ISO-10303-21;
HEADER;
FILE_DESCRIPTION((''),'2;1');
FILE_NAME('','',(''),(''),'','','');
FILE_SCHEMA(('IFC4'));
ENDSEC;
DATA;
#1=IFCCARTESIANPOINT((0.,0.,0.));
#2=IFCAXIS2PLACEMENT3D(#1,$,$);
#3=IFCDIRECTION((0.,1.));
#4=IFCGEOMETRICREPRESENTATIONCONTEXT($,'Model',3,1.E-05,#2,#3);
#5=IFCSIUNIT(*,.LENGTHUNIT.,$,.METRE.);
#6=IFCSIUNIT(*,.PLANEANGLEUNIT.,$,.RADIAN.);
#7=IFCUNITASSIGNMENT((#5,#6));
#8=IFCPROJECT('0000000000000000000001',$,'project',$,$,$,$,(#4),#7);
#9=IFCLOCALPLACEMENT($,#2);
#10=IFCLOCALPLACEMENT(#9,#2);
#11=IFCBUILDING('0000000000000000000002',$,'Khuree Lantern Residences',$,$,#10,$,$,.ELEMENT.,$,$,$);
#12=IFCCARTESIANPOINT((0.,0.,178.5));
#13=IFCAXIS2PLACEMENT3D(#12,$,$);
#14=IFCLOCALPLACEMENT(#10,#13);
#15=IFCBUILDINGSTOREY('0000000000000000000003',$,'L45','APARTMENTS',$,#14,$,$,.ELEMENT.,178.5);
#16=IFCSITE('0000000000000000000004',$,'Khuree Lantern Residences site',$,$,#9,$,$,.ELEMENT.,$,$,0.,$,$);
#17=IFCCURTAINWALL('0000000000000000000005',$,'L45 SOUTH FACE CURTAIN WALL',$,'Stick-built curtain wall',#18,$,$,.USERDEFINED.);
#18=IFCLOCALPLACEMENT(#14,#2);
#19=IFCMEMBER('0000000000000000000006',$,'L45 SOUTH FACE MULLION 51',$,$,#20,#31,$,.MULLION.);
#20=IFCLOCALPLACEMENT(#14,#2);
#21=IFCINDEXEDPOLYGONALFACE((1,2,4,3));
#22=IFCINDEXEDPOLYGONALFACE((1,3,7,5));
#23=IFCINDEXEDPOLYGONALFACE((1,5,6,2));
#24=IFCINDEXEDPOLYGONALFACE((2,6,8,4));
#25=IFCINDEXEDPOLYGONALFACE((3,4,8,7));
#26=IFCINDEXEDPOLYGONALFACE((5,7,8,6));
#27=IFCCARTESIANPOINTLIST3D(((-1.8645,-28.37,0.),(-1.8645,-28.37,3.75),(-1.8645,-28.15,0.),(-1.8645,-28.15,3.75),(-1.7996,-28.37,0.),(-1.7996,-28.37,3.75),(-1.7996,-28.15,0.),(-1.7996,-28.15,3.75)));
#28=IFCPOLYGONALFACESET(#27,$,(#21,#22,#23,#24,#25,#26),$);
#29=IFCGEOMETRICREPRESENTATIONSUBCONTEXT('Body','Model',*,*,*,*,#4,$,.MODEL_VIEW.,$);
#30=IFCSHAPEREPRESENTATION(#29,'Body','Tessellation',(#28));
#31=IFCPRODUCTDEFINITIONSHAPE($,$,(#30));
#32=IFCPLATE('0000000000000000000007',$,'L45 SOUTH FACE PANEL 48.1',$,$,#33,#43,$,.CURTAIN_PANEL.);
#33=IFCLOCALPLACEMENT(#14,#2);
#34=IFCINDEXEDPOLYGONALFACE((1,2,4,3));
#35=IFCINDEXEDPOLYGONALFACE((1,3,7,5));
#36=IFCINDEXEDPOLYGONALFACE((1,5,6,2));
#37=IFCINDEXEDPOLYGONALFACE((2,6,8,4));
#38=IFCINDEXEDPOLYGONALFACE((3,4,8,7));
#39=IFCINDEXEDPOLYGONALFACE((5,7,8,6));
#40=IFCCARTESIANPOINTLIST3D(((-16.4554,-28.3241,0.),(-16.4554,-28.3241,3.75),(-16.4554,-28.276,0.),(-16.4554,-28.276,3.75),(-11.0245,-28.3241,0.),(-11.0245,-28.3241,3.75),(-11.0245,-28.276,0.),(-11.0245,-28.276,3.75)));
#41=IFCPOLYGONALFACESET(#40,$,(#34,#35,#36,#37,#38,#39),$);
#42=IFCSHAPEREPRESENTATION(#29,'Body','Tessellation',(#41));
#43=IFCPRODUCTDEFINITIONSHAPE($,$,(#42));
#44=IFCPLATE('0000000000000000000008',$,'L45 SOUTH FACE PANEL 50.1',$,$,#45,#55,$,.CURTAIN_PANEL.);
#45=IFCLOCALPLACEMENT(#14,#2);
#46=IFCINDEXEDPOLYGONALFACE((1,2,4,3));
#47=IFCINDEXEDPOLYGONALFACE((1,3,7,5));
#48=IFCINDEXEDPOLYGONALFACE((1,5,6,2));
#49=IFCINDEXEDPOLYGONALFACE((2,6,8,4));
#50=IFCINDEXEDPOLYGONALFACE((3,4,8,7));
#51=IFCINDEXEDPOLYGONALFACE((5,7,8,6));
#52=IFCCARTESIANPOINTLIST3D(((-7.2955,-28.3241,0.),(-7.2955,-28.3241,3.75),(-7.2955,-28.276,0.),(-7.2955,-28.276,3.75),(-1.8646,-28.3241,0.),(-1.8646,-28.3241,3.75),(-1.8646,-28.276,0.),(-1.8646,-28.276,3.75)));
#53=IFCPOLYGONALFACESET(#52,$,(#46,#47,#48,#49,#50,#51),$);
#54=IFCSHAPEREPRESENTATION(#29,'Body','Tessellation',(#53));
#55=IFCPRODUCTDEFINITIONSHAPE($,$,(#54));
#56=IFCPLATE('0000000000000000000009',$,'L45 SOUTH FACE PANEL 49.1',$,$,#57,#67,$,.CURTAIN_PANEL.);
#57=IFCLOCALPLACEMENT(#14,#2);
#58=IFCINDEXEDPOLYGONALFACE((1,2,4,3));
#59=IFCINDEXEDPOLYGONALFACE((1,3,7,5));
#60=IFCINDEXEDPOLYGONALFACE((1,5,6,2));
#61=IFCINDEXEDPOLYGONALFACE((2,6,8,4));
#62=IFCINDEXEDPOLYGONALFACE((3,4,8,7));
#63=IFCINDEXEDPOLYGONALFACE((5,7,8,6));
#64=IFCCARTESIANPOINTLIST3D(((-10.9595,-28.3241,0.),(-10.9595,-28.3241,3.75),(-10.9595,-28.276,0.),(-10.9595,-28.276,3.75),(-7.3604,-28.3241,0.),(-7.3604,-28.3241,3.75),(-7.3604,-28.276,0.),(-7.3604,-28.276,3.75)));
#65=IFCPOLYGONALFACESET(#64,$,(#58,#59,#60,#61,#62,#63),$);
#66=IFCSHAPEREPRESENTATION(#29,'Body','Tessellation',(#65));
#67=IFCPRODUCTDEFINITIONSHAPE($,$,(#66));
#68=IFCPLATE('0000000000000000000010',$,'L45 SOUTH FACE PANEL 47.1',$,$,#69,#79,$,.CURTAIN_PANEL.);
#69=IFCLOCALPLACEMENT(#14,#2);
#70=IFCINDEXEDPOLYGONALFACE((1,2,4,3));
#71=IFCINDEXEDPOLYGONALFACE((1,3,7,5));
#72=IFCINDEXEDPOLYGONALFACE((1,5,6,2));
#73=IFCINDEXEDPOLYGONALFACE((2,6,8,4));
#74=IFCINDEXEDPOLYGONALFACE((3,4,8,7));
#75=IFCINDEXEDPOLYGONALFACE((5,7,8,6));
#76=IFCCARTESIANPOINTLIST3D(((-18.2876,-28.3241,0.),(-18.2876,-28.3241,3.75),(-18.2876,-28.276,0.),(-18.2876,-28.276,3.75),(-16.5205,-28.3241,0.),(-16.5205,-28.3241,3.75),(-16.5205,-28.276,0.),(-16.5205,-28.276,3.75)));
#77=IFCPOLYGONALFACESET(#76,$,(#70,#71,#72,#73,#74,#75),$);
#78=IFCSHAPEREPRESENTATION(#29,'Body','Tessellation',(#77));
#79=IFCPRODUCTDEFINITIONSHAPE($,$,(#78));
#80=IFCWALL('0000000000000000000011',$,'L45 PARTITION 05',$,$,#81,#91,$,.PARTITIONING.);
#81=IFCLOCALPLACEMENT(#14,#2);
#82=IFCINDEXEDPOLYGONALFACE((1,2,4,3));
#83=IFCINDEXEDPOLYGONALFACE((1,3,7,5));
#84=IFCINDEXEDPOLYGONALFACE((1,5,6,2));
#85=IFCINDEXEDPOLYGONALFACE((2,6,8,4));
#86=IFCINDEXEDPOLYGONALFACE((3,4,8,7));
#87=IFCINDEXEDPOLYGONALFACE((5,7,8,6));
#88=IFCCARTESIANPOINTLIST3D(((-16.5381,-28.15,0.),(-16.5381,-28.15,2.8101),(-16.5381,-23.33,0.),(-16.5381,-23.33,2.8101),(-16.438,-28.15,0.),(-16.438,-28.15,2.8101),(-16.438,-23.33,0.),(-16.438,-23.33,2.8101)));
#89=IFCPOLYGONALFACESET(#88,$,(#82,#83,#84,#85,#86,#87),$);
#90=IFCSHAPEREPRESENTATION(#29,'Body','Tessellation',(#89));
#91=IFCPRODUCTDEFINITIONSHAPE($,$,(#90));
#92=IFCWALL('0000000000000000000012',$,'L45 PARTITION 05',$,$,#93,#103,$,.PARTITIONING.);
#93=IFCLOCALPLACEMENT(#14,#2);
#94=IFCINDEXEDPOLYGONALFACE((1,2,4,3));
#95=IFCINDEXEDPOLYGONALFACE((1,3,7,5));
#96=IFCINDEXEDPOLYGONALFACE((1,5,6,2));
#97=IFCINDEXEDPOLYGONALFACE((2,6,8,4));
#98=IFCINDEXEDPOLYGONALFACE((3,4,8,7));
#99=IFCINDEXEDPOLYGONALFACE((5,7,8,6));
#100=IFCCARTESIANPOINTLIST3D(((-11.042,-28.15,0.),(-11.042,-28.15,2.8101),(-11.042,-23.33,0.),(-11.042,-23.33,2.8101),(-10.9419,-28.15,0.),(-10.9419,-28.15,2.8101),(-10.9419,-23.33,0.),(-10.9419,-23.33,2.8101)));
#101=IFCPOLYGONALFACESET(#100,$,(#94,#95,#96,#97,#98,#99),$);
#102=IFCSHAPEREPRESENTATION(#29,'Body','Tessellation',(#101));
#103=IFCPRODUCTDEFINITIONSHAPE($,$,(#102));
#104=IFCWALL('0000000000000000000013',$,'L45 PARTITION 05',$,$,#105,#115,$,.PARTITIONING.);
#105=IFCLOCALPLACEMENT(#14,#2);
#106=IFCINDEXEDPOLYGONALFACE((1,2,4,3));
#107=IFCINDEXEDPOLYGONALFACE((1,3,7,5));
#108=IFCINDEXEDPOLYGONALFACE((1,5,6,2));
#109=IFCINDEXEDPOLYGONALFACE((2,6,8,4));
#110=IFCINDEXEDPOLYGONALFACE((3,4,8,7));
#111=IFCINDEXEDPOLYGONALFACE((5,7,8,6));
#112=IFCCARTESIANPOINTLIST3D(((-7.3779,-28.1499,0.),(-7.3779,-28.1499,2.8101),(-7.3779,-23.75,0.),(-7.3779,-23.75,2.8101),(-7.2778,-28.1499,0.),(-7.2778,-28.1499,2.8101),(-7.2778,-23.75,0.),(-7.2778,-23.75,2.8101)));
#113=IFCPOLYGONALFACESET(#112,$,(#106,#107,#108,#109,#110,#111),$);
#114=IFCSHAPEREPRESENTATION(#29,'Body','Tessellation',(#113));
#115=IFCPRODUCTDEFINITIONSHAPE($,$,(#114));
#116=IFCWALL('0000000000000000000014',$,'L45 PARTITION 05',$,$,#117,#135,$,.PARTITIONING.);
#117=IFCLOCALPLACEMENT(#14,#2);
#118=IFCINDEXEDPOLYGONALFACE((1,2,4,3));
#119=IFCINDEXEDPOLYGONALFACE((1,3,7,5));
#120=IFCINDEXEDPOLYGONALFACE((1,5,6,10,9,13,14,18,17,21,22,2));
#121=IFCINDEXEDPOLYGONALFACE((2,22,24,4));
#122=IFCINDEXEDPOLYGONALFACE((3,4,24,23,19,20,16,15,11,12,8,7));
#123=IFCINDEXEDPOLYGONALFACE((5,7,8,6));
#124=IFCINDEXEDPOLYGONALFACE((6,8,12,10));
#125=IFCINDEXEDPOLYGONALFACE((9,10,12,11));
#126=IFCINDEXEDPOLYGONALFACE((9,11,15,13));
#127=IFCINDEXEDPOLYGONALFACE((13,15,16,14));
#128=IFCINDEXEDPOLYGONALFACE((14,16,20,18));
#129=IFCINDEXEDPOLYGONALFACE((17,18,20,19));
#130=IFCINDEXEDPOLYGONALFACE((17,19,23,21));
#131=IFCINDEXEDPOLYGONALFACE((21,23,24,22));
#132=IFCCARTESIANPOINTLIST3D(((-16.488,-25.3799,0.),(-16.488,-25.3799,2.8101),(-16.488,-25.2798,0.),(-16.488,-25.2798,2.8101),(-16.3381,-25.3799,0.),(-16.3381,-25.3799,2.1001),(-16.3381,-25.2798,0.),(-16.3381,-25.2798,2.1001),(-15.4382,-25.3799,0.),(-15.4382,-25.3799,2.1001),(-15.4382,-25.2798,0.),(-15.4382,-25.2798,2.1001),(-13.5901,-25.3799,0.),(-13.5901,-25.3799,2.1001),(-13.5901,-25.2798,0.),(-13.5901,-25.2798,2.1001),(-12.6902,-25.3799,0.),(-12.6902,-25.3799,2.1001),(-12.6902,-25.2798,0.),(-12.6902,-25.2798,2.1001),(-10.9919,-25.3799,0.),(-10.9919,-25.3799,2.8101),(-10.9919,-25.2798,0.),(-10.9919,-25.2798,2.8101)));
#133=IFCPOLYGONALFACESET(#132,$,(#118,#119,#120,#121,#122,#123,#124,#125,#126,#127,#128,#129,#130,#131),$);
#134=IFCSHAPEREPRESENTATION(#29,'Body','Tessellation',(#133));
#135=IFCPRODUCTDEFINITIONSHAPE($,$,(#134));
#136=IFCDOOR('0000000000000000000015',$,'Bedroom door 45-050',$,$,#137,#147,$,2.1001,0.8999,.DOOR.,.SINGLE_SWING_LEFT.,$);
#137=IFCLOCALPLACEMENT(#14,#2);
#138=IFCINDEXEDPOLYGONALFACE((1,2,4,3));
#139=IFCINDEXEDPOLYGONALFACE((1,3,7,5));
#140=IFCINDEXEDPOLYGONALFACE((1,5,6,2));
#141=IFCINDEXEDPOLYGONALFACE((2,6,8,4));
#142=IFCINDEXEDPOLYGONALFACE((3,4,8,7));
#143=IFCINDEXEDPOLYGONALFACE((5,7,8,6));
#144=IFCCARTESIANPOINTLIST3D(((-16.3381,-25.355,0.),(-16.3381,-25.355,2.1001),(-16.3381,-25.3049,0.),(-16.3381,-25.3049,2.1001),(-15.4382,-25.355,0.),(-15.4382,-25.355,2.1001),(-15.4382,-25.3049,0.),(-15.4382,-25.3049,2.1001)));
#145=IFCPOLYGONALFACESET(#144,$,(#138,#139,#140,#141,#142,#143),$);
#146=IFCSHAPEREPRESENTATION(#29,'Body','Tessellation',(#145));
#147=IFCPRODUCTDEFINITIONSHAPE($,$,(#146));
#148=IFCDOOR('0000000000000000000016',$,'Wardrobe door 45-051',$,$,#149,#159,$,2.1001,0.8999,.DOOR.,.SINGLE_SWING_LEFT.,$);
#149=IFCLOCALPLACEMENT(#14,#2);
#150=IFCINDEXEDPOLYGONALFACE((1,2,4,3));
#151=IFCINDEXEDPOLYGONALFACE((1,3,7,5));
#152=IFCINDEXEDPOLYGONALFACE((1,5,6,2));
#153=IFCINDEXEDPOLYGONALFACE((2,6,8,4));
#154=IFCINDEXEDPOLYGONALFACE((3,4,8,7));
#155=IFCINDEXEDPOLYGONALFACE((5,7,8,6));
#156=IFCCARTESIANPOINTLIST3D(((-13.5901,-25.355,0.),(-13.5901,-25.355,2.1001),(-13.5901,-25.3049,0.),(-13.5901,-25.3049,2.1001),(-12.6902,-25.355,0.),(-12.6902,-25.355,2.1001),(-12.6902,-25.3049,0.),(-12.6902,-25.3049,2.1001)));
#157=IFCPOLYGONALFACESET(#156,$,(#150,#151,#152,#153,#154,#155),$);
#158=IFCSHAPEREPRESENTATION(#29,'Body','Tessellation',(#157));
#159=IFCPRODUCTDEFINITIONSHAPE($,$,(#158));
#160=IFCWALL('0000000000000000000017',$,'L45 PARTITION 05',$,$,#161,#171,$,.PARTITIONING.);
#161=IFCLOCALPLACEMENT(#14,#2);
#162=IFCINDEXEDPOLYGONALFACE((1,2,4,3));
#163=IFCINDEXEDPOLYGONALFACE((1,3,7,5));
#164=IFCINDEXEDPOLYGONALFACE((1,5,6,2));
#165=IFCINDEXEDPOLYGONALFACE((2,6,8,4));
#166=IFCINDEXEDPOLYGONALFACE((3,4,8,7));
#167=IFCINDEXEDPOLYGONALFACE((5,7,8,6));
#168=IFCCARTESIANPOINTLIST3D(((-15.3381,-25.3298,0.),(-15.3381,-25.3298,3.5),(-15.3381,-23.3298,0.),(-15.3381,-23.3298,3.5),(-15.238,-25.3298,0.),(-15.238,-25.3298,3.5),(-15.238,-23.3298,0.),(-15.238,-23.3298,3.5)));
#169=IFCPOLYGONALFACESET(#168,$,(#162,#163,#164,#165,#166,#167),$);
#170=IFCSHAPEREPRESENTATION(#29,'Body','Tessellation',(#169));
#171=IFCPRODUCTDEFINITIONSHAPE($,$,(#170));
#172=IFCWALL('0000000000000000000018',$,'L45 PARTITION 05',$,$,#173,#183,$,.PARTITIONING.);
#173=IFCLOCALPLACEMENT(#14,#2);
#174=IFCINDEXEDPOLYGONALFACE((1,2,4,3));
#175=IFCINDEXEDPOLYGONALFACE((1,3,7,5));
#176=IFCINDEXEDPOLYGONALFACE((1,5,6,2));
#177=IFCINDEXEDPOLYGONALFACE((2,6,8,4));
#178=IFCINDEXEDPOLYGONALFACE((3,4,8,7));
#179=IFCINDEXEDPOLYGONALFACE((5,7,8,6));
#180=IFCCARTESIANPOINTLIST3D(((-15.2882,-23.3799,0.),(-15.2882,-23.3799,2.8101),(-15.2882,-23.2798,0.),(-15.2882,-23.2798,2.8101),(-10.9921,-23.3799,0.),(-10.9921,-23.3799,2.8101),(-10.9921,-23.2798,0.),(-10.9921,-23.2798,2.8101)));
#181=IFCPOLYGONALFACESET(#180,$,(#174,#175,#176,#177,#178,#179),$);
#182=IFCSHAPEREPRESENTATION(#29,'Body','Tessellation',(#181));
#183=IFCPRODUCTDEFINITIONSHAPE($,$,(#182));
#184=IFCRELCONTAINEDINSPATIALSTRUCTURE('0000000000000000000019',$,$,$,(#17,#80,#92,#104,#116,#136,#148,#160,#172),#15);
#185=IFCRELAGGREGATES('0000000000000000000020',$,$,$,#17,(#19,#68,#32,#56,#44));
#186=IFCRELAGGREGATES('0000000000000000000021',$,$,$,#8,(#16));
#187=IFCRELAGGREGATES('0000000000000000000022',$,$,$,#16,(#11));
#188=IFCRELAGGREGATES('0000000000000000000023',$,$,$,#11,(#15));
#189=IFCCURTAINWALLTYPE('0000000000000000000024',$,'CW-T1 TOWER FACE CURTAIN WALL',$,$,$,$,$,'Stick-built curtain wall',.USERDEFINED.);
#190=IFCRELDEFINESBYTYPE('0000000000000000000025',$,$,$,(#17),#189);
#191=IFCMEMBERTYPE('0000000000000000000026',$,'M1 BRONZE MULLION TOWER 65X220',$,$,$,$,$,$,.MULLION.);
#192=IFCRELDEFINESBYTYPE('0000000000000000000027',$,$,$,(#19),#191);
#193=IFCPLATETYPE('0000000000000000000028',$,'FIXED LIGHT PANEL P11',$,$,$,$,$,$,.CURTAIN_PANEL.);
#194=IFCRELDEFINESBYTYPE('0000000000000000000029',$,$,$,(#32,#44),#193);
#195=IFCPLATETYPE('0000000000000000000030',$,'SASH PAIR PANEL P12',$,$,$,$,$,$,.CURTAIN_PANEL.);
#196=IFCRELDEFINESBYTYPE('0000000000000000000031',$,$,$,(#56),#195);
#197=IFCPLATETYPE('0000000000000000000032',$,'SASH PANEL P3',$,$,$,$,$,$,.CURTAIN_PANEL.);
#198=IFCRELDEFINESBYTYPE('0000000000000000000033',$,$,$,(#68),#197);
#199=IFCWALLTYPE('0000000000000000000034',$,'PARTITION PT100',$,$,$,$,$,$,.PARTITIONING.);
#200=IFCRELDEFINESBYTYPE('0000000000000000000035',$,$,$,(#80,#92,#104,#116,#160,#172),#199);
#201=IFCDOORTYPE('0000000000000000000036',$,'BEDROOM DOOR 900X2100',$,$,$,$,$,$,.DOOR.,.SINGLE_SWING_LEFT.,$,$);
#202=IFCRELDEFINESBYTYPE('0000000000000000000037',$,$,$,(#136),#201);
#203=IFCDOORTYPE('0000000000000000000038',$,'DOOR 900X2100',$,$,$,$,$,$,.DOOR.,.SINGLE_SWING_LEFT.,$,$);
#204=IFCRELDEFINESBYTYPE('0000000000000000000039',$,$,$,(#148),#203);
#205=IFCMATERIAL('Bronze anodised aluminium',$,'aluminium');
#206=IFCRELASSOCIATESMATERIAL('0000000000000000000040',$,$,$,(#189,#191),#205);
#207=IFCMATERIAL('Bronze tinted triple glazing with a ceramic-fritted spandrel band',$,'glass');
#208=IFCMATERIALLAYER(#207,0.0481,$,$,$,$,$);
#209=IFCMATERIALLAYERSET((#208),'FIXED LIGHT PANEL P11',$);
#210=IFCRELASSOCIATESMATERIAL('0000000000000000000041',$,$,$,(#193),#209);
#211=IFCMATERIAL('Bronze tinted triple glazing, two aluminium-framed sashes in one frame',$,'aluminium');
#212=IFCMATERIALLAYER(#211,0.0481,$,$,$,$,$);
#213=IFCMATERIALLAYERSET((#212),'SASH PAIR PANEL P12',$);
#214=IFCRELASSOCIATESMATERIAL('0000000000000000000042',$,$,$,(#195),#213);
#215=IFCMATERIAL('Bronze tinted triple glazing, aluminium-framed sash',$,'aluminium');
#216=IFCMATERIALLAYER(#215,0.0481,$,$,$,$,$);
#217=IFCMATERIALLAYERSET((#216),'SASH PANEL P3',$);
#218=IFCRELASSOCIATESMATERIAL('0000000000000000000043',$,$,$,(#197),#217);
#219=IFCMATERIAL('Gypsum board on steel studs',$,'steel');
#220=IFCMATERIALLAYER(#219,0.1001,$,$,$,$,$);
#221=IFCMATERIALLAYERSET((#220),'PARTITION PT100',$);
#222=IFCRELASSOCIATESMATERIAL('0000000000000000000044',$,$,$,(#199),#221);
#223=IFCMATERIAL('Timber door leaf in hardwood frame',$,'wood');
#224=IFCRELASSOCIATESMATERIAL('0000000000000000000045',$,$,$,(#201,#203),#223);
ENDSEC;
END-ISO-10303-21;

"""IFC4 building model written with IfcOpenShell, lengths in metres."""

from ifc_helpers import new_model, si_unit, direction, frame, frame_2d, origin, origin_2d, place, context, subcontext, project, spatial, rectangle, extrude, material, layer, layer_set, material_profile, profile_set, type_object, element, fill, aggregate, save


model = new_model("IFC4")

# Units and contexts
model_context = context("Model", 3, precision=1e-05, world=origin(), true_north=direction((0.0, 1.0)))
body_context = subcontext(model_context, "Body", "Model", "MODEL_VIEW")
ifc_project = project(units=[si_unit("LENGTHUNIT", "METRE"), si_unit("PLANEANGLEUNIT", "RADIAN")], contexts=[model_context])

# Site, building, storey
site_placement = place(None, origin())
site = spatial("IfcSite", under=ifc_project, at=site_placement, Name="Khuree Lantern Residences site", CompositionType="ELEMENT", RefElevation=0.0)
building_placement = place(site_placement, origin())
building = spatial("IfcBuilding", under=site, at=building_placement, Name="Khuree Lantern Residences", CompositionType="ELEMENT")
storey_placement = place(building_placement, frame((0.0, 0.0, 178.5)))
storey = spatial("IfcBuildingStorey", under=building, at=storey_placement, Name="L45", Description="APARTMENTS", CompositionType="ELEMENT", Elevation=178.5)

# Curtain wall
ifc_material_1 = material(Name="Bronze anodised aluminium", Category="aluminium")
curtain_wall_type = type_object("IfcCurtainWallType", Name="CW-T1 TOWER FACE CURTAIN WALL", ElementType="Stick-built curtain wall", PredefinedType="USERDEFINED", material=ifc_material_1)
curtain_wall_placement = place(storey_placement, origin())
curtain_wall = element("IfcCurtainWall", 1, at=curtain_wall_placement, inside=storey, type_object=curtain_wall_type, Name="L45 SOUTH FACE CURTAIN WALL", ObjectType="Stick-built curtain wall", PredefinedType="USERDEFINED")

# Member
ifc_material_profile_1 = material_profile(ifc_material_1, rectangle(XDim=0.0649, YDim=0.22, at=origin_2d()), Name="M1 65X220")
ifc_profile_set_1 = profile_set([ifc_material_profile_1], Name="Bronze anodised aluminium")
member_type_1 = type_object("IfcMemberType", Name="M1 BRONZE MULLION TOWER 65X220", PredefinedType="MULLION", material=ifc_profile_set_1)
member_1_placement = place(storey_placement, frame((-1.832, -28.26, 0.0), z_axis=(0.0, 0.0, 1.0), x_axis=(1.0, 0.0, 0.0)))
member_1 = element("IfcMember", 2, at=member_1_placement, type_object=member_type_1, Name="L45 SOUTH FACE MULLION 51", PredefinedType="MULLION", context=body_context, shape_type="SweptSolid", body=[
    extrude(rectangle(XDim=0.0649, YDim=0.22, at=origin_2d()), origin(), (0.0, 0.0, 1.0), 3.75),
])

# Plates
ifc_material_2 = material(Name="Bronze tinted triple glazing with a ceramic-fritted spandrel band", Category="glass")
ifc_layer_1 = layer(ifc_material_2, 0.0481)
ifc_layer_set_1 = layer_set([ifc_layer_1], Name="FIXED LIGHT PANEL P11")
plate_type_1 = type_object("IfcPlateType", Name="FIXED LIGHT PANEL P11", PredefinedType="CURTAIN_PANEL", material=ifc_layer_set_1)
plate_1_placement = place(storey_placement, frame((-13.74, -28.3, 0.0), z_axis=(0.0, 0.0, 1.0), x_axis=(1.0, 0.0, 0.0)))
plate_1 = element("IfcPlate", 3, at=plate_1_placement, type_object=plate_type_1, Name="L45 SOUTH FACE PANEL 48.1", PredefinedType="CURTAIN_PANEL", context=body_context, shape_type="SweptSolid", body=[
    extrude(rectangle(XDim=5.4309, YDim=0.0481, at=origin_2d()), origin(), (0.0, 0.0, 1.0), 3.75),
])
plate_2_placement = place(storey_placement, frame((-4.5801, -28.3, 0.0), z_axis=(0.0, 0.0, 1.0), x_axis=(1.0, 0.0, 0.0)))
plate_2 = element("IfcPlate", 4, at=plate_2_placement, type_object=plate_type_1, Name="L45 SOUTH FACE PANEL 50.1", PredefinedType="CURTAIN_PANEL", context=body_context, shape_type="SweptSolid", body=[
    extrude(rectangle(XDim=5.4309, YDim=0.0481, at=origin_2d()), origin(), (0.0, 0.0, 1.0), 3.75),
])
ifc_material_3 = material(Name="Bronze tinted triple glazing, two aluminium-framed sashes in one frame", Category="aluminium")
ifc_layer_2 = layer(ifc_material_3, 0.0481)
ifc_layer_set_2 = layer_set([ifc_layer_2], Name="SASH PAIR PANEL P12")
plate_type_2 = type_object("IfcPlateType", Name="SASH PAIR PANEL P12", PredefinedType="CURTAIN_PANEL", material=ifc_layer_set_2)
plate_3_placement = place(storey_placement, frame((-9.1599, -28.3, 0.0), z_axis=(0.0, 0.0, 1.0), x_axis=(1.0, 0.0, 0.0)))
plate_3 = element("IfcPlate", 5, at=plate_3_placement, type_object=plate_type_2, Name="L45 SOUTH FACE PANEL 49.1", PredefinedType="CURTAIN_PANEL", context=body_context, shape_type="SweptSolid", body=[
    extrude(rectangle(XDim=3.5991, YDim=0.0481, at=origin_2d()), origin(), (0.0, 0.0, 1.0), 3.75),
])
ifc_material_4 = material(Name="Bronze tinted triple glazing, aluminium-framed sash", Category="aluminium")
ifc_layer_3 = layer(ifc_material_4, 0.0481)
ifc_layer_set_3 = layer_set([ifc_layer_3], Name="SASH PANEL P3")
plate_type_3 = type_object("IfcPlateType", Name="SASH PANEL P3", PredefinedType="CURTAIN_PANEL", material=ifc_layer_set_3)
plate_4_placement = place(storey_placement, frame((-17.4041, -28.3, 0.0), z_axis=(0.0, 0.0, 1.0), x_axis=(1.0, 0.0, 0.0)))
plate_4 = element("IfcPlate", 6, at=plate_4_placement, type_object=plate_type_3, Name="L45 SOUTH FACE PANEL 47.1", PredefinedType="CURTAIN_PANEL", context=body_context, shape_type="SweptSolid", body=[
    extrude(rectangle(XDim=1.7671, YDim=0.0481, at=origin_2d()), origin(), (0.0, 0.0, 1.0), 3.75),
])
aggregate(curtain_wall, [member_1, plate_4, plate_1, plate_3, plate_2])

# Walls
ifc_material_5 = material(Name="Gypsum board on steel studs", Category="steel")
ifc_layer_4 = layer(ifc_material_5, 0.1001)
ifc_layer_set_4 = layer_set([ifc_layer_4], Name="PARTITION PT100")
wall_type = type_object("IfcWallType", Name="PARTITION PT100", PredefinedType="PARTITIONING", material=ifc_layer_set_4)
for number, where, z_axis, x_axis, name in (
    (7, (-16.488, -23.3298, 0.0), (0.0, 0.0, 1.0), (0.0, -1.0, 0.0), "L45 PARTITION 05"),
    (8, (-10.9919, -23.3298, 0.0), (0.0, 0.0, 1.0), (0.0, -1.0, 0.0), "L45 PARTITION 05"),
):
    element("IfcWall", number, at=place(storey_placement, frame(where, z_axis=z_axis, x_axis=x_axis)), inside=storey, type_object=wall_type, Name=name, PredefinedType="PARTITIONING", context=body_context, shape_type="SweptSolid", body=[
        extrude(rectangle(XDim=4.8201, YDim=0.1001, at=frame_2d((2.4102, 0.0))), origin(), (0.0, 0.0, 1.0), 2.8101),
    ])
wall_1_placement = place(storey_placement, frame((-7.3279, -23.75, 0.0), z_axis=(0.0, 0.0, 1.0), x_axis=(0.0, -1.0, 0.0)))
element("IfcWall", 9, at=wall_1_placement, inside=storey, type_object=wall_type, Name="L45 PARTITION 05", PredefinedType="PARTITIONING", context=body_context, shape_type="SweptSolid", body=[
    extrude(rectangle(XDim=4.3999, YDim=0.1001, at=frame_2d((2.2, 0.0))), origin(), (0.0, 0.0, 1.0), 2.8101),
])

# Wall, openings, doors
wall_2_placement = place(storey_placement, frame((-16.488, -25.3298, 0.0), z_axis=(0.0, 0.0, 1.0), x_axis=(1.0, 0.0, 0.0)))
wall_2 = element("IfcWall", 10, at=wall_2_placement, inside=storey, type_object=wall_type, Name="L45 PARTITION 05", PredefinedType="PARTITIONING", context=body_context, shape_type="SweptSolid", body=[
    extrude(rectangle(XDim=5.4961, YDim=0.1001, at=frame_2d((2.748, 0.0))), origin(), (0.0, 0.0, 1.0), 2.8101),
])
opening_1_placement = place(wall_2_placement, frame((0.1499, 0.0, 0.0)))
opening_1 = element("IfcOpeningElement", 11, at=opening_1_placement, cuts=wall_2, PredefinedType="OPENING", context=body_context, shape_type="SweptSolid", body=[
    extrude(rectangle(XDim=0.8999, YDim=2.1001, at=frame_2d((0.45, 1.05))), frame((0.0, 0.0601, 0.0), z_axis=(0.0, -1.0, 0.0), x_axis=(1.0, 0.0, 0.0)), (0.0, 0.0, 1.0), 0.1201),
])
opening_2_placement = place(wall_2_placement, frame((2.8979, 0.0, 0.0)))
opening_2 = element("IfcOpeningElement", 12, at=opening_2_placement, cuts=wall_2, PredefinedType="OPENING", context=body_context, shape_type="SweptSolid", body=[
    extrude(rectangle(XDim=0.8999, YDim=2.1001, at=frame_2d((0.45, 1.05))), frame((0.0, 0.0601, 0.0), z_axis=(0.0, -1.0, 0.0), x_axis=(1.0, 0.0, 0.0)), (0.0, 0.0, 1.0), 0.1201),
])
ifc_material_6 = material(Name="Timber door leaf in hardwood frame", Category="wood")
door_type_1 = type_object("IfcDoorType", Name="BEDROOM DOOR 900X2100", OperationType="SINGLE_SWING_LEFT", PredefinedType="DOOR", material=ifc_material_6)
door_1_placement = place(opening_1_placement, origin())
door_1 = element("IfcDoor", 13, at=door_1_placement, inside=storey, type_object=door_type_1, Name="Bedroom door 45-050", OperationType="SINGLE_SWING_LEFT", OverallHeight=2.1001, OverallWidth=0.8999, PredefinedType="DOOR", context=body_context, shape_type="SweptSolid", body=[
    extrude(rectangle(XDim=0.8999, YDim=2.1001, at=frame_2d((0.45, 1.05))), frame((0.0, 0.0249, 0.0), z_axis=(0.0, -1.0, 0.0), x_axis=(1.0, 0.0, 0.0)), (0.0, 0.0, 1.0), 0.05),
])
fill(opening_1, door_1)
door_type_2 = type_object("IfcDoorType", Name="DOOR 900X2100", OperationType="SINGLE_SWING_LEFT", PredefinedType="DOOR", material=ifc_material_6)
door_2_placement = place(opening_2_placement, origin())
door_2 = element("IfcDoor", 14, at=door_2_placement, inside=storey, type_object=door_type_2, Name="Wardrobe door 45-051", OperationType="SINGLE_SWING_LEFT", OverallHeight=2.1001, OverallWidth=0.8999, PredefinedType="DOOR", context=body_context, shape_type="SweptSolid", body=[
    extrude(rectangle(XDim=0.8999, YDim=2.1001, at=frame_2d((0.45, 1.05))), frame((0.0, 0.0249, 0.0), z_axis=(0.0, -1.0, 0.0), x_axis=(1.0, 0.0, 0.0)), (0.0, 0.0, 1.0), 0.05),
])
fill(opening_2, door_2)

# Walls
wall_3_placement = place(storey_placement, frame((-15.2881, -23.3298, 0.0), z_axis=(0.0, 0.0, 1.0), x_axis=(0.0, -1.0, 0.0)))
element("IfcWall", 15, at=wall_3_placement, inside=storey, type_object=wall_type, Name="L45 PARTITION 05", PredefinedType="PARTITIONING", context=body_context, shape_type="SweptSolid", body=[
    extrude(rectangle(XDim=2.0, YDim=0.1001, at=frame_2d((1.0, 0.0))), origin(), (0.0, 0.0, 1.0), 3.5),
])
wall_4_placement = place(storey_placement, frame((-15.2881, -23.3298, 0.0), z_axis=(0.0, 0.0, 1.0), x_axis=(1.0, 0.0, 0.0)))
element("IfcWall", 16, at=wall_4_placement, inside=storey, type_object=wall_type, Name="L45 PARTITION 05", PredefinedType="PARTITIONING", context=body_context, shape_type="SweptSolid", body=[
    extrude(rectangle(XDim=4.2961, YDim=0.1001, at=frame_2d((2.1479, 0.0))), origin(), (0.0, 0.0, 1.0), 2.8101),
])

save(model, "model.ifc")
